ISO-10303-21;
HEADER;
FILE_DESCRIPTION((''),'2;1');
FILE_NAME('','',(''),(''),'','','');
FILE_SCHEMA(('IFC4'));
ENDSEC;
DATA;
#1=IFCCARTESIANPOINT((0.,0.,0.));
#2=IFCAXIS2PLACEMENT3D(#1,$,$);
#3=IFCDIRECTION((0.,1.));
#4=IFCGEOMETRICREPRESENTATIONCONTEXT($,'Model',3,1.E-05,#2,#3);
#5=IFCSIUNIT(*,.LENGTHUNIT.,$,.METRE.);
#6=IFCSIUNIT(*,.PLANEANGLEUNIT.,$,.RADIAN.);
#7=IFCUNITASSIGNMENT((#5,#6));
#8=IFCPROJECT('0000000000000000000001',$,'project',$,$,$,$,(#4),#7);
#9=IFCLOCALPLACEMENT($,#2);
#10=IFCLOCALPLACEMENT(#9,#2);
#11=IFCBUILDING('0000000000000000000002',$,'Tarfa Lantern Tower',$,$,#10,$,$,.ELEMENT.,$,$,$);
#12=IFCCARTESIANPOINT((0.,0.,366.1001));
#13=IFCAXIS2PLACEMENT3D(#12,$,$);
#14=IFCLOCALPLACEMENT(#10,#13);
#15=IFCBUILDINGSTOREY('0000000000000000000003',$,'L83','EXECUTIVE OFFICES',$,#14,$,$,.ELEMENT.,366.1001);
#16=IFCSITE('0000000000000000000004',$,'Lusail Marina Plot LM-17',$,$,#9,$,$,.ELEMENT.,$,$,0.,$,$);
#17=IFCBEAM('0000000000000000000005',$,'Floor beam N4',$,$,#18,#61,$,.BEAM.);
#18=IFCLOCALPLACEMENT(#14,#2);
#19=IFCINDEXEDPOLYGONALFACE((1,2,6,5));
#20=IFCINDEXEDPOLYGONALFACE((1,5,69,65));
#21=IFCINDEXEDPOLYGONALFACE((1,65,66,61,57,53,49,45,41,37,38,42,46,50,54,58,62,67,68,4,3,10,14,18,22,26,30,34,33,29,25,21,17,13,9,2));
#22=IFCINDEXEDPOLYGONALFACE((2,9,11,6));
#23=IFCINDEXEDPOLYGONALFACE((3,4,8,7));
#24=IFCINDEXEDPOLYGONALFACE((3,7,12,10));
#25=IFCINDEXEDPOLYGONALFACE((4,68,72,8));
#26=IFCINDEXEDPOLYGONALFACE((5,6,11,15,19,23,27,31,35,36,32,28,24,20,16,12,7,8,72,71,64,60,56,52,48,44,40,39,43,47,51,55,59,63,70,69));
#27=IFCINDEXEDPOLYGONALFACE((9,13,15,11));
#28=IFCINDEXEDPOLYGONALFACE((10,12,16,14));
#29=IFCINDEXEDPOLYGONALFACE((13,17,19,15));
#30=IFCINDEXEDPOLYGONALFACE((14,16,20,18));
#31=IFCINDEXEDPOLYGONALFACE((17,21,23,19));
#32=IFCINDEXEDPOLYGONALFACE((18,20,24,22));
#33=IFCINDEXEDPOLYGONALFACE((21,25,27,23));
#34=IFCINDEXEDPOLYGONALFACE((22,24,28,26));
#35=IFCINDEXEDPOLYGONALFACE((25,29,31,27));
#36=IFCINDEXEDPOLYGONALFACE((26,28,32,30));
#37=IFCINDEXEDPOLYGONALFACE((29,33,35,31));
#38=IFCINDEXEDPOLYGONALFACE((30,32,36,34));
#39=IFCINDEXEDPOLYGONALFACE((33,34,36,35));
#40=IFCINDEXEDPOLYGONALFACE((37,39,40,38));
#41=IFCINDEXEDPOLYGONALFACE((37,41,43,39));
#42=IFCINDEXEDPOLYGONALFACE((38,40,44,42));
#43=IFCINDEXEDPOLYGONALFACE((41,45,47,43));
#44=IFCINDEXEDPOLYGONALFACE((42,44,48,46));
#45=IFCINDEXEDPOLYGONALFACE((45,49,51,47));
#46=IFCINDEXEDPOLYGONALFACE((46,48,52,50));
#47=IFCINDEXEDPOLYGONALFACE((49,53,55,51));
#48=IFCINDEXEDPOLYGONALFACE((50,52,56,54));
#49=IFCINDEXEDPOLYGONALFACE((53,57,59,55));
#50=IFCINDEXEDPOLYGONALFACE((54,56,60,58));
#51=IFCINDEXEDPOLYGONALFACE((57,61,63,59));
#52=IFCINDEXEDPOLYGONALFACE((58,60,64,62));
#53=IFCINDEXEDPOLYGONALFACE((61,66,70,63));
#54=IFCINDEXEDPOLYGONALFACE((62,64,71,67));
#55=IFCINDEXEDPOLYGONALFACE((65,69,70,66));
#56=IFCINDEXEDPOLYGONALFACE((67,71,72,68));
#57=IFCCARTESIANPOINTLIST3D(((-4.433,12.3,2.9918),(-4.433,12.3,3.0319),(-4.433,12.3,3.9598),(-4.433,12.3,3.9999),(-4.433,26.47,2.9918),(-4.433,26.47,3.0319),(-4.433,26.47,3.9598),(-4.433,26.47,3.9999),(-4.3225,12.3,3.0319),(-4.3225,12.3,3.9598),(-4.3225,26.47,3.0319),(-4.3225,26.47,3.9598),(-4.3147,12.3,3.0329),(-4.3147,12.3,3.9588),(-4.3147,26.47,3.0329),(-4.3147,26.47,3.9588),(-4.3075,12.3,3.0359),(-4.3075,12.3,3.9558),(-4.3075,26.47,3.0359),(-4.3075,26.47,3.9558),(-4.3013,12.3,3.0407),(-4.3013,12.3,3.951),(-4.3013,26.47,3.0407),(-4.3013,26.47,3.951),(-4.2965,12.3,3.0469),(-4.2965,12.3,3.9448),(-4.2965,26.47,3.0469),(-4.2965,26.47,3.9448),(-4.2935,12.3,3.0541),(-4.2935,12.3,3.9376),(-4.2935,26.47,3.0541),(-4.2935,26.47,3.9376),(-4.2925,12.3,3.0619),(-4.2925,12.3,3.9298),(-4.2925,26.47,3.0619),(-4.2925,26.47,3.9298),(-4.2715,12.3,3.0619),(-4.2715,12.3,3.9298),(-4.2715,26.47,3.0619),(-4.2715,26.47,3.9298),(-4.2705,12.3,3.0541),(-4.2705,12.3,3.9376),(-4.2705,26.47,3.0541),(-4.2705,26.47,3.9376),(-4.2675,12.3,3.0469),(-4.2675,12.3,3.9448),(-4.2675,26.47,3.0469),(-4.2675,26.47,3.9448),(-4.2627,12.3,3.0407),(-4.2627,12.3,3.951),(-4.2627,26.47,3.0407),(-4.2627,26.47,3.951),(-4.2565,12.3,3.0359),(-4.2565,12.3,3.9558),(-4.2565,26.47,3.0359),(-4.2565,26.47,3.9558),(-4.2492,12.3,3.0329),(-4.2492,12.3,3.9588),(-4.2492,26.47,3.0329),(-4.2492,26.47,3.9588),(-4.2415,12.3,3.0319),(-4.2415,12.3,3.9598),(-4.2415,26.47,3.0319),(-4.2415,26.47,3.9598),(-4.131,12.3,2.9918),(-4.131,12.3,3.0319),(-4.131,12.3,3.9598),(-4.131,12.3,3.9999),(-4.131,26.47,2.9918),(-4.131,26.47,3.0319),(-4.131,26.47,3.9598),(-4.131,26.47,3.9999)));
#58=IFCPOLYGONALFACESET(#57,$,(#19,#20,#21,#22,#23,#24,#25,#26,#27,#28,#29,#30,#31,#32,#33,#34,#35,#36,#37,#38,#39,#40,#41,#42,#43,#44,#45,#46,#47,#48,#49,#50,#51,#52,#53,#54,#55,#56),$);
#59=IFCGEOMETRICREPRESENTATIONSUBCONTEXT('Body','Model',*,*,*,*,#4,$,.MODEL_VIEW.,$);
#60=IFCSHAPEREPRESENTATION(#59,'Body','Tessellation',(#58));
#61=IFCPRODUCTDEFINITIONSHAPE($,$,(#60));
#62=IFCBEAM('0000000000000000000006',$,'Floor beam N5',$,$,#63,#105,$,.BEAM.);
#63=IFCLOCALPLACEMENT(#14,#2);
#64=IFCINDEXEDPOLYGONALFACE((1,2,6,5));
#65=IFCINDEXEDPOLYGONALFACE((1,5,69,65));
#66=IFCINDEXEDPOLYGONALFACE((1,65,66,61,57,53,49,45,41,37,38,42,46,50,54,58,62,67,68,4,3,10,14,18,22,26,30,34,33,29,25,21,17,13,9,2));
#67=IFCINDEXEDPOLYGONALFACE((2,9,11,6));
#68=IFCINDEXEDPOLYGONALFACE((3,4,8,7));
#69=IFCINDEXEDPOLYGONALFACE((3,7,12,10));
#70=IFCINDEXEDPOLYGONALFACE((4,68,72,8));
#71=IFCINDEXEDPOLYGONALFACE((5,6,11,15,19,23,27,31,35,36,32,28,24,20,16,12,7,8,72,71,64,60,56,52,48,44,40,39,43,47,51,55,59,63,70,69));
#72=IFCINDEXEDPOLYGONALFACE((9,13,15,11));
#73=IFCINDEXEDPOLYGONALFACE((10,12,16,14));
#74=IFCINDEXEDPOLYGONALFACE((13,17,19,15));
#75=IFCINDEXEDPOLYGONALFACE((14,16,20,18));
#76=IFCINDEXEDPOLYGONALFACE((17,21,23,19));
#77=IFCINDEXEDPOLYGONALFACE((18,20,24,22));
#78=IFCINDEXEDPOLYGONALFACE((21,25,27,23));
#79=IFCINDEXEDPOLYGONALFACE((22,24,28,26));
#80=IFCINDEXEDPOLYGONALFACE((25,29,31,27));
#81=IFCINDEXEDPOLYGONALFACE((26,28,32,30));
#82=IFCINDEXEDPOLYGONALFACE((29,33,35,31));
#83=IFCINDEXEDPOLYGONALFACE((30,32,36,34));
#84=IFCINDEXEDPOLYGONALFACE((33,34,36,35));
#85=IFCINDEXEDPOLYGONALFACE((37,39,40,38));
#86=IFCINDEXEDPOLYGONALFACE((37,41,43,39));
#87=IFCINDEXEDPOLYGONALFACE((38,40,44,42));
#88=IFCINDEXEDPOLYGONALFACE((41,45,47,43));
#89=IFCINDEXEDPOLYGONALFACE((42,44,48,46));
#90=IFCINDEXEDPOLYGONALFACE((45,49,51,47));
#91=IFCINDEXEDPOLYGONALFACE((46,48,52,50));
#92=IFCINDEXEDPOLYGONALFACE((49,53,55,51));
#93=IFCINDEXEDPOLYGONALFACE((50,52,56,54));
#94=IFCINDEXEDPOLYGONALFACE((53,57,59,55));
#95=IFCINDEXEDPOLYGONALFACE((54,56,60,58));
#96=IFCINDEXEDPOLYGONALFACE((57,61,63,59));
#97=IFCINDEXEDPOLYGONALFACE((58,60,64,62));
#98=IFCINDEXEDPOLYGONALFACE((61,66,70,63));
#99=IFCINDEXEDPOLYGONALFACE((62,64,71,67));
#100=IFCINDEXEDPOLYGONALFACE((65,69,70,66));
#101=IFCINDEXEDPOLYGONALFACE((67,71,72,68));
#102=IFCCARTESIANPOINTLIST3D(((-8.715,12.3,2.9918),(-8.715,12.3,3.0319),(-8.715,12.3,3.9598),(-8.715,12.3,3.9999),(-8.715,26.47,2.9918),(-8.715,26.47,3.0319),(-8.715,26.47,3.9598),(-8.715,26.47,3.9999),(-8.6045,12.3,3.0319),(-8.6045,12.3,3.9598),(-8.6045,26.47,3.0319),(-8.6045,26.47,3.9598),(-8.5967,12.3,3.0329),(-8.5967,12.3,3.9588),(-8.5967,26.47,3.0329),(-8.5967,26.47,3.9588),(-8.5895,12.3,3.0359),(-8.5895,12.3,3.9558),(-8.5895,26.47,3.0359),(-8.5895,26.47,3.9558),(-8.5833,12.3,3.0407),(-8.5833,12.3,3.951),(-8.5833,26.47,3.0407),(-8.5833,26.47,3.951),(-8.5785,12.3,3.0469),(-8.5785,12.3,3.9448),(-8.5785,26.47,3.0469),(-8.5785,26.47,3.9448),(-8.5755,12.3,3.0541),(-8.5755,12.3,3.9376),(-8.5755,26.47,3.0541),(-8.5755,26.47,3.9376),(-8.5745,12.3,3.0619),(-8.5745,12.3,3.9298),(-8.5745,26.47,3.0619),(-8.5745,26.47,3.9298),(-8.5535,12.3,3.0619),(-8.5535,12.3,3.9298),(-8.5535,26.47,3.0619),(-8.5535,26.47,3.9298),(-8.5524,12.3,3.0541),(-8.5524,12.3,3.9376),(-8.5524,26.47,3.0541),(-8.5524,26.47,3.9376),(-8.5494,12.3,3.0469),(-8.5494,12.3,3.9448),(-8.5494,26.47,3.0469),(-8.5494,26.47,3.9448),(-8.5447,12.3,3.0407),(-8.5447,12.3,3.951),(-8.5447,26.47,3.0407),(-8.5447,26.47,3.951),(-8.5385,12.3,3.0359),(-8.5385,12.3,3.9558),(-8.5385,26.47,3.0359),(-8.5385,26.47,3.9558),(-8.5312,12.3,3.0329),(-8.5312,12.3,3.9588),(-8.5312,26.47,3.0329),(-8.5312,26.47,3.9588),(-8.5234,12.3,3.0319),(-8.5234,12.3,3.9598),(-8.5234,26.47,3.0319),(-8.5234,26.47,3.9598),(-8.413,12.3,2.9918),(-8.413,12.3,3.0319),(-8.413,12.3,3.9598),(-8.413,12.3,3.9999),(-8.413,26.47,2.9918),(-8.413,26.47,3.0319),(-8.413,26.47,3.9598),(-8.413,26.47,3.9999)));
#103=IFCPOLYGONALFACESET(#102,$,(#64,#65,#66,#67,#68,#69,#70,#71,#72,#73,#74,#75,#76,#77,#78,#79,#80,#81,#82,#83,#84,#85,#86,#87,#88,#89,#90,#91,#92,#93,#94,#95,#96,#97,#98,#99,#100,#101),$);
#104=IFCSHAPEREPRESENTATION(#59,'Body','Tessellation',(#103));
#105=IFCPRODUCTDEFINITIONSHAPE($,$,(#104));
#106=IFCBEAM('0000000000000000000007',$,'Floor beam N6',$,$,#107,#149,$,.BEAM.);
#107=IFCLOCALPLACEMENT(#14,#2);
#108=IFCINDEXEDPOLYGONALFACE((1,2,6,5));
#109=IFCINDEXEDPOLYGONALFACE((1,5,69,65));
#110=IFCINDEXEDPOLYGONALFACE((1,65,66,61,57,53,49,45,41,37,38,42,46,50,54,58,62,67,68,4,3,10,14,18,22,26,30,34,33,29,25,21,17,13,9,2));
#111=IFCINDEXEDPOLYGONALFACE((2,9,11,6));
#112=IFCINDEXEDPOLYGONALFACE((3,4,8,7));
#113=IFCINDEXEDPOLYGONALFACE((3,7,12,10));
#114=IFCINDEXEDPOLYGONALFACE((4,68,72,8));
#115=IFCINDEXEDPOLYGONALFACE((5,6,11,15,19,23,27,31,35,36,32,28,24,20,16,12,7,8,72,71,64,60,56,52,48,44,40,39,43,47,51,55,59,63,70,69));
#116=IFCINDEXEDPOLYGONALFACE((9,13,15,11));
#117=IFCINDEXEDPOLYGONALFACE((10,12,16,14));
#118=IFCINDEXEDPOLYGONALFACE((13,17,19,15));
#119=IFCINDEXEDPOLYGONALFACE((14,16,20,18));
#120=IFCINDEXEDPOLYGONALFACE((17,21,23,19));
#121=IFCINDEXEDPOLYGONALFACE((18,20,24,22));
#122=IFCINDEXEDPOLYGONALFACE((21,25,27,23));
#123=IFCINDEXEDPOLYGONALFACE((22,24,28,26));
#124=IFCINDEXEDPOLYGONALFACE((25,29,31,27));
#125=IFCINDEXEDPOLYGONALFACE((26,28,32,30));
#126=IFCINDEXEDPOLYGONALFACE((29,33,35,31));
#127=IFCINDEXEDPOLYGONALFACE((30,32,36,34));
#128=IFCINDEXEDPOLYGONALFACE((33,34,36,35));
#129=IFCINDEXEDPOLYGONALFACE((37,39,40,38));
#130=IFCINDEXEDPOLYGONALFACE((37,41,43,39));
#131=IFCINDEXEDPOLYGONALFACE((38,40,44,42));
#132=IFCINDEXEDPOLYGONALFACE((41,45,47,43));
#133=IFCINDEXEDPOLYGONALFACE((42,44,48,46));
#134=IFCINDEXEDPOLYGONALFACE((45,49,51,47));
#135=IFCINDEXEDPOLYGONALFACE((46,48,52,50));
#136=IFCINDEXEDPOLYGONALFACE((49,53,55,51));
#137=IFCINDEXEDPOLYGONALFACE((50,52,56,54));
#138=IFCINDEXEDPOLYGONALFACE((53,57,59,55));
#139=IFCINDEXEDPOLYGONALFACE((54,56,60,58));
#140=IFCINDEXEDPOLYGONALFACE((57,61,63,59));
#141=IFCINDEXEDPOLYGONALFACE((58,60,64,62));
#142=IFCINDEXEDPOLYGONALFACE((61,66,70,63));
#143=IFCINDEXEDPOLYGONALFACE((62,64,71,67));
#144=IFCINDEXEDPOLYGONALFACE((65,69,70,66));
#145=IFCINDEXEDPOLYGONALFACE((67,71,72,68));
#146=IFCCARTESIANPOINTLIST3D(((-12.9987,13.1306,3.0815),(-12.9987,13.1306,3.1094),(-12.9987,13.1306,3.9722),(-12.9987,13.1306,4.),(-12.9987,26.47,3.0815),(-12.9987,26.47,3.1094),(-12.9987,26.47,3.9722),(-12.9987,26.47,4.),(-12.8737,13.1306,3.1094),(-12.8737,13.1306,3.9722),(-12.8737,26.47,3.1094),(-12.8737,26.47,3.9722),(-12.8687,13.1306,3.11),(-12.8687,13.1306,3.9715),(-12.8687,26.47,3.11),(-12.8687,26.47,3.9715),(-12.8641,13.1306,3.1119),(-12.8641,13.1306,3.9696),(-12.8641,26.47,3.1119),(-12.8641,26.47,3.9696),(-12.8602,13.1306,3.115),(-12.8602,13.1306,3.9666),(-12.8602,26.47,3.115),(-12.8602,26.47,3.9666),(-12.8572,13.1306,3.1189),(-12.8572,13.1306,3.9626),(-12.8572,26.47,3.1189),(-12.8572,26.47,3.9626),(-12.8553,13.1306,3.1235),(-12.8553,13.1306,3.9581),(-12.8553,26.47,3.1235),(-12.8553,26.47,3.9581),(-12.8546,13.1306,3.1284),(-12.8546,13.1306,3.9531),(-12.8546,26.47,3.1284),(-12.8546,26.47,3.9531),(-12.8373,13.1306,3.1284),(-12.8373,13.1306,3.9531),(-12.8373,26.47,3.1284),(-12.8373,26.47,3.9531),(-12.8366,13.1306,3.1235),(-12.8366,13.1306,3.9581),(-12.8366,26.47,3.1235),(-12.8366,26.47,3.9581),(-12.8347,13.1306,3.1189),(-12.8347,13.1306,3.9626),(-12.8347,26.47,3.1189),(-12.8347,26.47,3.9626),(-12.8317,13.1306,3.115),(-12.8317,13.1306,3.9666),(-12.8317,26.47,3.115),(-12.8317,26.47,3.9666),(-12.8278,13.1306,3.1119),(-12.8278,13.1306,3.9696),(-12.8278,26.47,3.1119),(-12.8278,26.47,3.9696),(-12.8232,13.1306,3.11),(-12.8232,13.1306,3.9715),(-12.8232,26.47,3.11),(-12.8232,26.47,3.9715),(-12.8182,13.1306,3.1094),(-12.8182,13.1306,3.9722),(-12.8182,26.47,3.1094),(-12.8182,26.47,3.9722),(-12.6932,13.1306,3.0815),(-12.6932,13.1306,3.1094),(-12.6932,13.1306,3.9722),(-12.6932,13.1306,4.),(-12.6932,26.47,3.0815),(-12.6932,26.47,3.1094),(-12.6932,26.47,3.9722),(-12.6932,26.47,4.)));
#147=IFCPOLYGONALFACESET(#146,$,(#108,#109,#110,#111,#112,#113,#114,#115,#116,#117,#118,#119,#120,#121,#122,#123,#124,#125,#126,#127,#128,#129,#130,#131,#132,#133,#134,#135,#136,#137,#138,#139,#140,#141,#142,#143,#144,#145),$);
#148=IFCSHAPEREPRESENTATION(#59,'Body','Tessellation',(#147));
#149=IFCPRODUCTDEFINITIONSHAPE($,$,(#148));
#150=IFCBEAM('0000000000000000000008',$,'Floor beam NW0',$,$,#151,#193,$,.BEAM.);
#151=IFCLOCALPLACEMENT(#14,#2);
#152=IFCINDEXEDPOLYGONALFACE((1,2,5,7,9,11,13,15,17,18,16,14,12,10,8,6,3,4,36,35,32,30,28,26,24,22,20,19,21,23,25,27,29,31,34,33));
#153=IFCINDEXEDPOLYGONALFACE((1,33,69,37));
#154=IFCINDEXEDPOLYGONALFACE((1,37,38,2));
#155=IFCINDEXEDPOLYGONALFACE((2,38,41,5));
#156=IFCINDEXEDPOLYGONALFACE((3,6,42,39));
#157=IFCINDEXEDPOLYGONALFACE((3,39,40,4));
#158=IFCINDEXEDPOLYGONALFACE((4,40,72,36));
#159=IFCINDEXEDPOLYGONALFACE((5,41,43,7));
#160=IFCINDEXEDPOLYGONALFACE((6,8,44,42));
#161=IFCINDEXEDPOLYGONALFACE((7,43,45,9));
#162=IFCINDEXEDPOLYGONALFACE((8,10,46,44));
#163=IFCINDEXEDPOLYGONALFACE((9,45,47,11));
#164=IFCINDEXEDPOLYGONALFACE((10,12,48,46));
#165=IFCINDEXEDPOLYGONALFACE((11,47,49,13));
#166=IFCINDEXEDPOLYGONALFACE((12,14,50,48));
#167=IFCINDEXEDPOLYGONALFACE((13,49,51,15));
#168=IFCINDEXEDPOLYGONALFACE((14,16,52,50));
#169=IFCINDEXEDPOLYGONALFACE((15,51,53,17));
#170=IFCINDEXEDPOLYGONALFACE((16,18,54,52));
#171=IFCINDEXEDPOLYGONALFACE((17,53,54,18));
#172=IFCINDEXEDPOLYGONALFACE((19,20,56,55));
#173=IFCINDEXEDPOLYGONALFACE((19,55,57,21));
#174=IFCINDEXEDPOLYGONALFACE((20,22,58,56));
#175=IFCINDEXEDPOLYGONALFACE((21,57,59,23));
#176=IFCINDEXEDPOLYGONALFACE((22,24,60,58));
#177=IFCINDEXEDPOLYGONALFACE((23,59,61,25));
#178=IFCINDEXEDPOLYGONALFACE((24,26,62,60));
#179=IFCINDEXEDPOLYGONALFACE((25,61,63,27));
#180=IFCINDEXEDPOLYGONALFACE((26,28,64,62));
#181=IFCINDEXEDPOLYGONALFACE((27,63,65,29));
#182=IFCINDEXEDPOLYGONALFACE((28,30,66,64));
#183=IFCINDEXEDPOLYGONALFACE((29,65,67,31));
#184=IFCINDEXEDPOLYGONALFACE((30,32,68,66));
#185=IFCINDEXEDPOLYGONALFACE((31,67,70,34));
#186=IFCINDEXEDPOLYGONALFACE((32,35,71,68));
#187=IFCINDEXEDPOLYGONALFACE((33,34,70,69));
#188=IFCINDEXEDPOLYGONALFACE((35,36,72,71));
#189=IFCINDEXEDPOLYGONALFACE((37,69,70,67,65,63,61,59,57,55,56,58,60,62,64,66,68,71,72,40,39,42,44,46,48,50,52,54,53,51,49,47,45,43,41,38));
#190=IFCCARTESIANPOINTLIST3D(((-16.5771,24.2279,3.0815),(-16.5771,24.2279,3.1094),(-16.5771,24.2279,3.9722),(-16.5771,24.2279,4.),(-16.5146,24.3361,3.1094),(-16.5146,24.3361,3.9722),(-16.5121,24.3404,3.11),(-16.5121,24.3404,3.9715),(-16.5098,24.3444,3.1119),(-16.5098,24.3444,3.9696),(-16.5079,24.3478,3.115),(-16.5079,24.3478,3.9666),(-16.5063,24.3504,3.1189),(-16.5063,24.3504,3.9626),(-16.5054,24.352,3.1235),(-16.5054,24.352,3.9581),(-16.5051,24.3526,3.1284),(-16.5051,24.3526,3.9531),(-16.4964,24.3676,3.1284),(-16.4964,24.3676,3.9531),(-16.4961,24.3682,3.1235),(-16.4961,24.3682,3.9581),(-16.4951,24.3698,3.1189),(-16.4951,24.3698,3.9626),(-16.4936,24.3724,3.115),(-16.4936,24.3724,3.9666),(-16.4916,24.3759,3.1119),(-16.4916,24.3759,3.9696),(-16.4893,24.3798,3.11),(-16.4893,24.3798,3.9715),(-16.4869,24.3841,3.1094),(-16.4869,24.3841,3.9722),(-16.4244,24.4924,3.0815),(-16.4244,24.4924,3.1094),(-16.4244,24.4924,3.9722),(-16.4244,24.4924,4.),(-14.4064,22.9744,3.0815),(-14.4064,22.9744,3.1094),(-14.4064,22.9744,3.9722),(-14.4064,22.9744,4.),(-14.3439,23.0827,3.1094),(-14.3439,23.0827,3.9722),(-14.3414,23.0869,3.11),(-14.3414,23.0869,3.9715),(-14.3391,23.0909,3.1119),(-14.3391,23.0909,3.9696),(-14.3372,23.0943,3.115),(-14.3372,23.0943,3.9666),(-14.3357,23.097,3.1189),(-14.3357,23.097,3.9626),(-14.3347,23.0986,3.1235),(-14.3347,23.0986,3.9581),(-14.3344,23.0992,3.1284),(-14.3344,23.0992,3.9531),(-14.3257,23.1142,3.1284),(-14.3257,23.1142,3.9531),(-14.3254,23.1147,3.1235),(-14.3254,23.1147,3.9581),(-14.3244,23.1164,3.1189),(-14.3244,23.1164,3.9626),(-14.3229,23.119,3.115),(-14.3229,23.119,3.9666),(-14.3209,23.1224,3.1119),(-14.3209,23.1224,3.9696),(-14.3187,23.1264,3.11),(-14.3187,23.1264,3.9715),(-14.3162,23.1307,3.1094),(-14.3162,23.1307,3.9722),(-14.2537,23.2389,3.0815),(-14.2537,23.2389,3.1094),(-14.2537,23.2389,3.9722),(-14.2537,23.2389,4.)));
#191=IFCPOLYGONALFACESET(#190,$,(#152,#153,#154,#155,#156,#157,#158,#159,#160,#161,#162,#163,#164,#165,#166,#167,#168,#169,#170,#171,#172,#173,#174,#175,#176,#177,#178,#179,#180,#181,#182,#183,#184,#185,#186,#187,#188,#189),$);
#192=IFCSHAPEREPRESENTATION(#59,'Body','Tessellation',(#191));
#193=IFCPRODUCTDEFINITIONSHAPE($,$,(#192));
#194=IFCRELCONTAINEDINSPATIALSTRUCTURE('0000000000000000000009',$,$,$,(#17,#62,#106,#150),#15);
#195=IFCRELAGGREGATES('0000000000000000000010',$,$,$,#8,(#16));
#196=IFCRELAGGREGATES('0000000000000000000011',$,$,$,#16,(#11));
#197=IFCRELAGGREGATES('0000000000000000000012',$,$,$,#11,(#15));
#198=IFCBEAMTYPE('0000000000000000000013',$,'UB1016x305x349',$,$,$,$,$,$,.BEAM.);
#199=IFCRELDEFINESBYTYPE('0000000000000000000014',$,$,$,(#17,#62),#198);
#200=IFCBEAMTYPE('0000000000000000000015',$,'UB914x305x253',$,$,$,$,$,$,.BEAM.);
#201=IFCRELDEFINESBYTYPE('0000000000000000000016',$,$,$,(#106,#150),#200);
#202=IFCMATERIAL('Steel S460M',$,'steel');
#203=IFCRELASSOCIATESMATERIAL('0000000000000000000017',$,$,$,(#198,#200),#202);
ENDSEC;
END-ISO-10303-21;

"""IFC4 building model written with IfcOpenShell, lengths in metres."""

from ifc_helpers import new_model, si_unit, direction, frame, origin, origin_2d, place, context, subcontext, project, spatial, i_section, extrude, material, material_profile, profile_set, type_object, element, save


model = new_model("IFC4")

# Units and contexts
model_context = context("Model", 3, precision=1e-05, world=origin(), true_north=direction((0.0, 1.0)))
body_context = subcontext(model_context, "Body", "Model", "MODEL_VIEW")
ifc_project = project(units=[si_unit("LENGTHUNIT", "METRE"), si_unit("PLANEANGLEUNIT", "RADIAN")], contexts=[model_context])

# Site, building, storey
site_placement = place(None, origin())
site = spatial("IfcSite", under=ifc_project, at=site_placement, Name="Lusail Marina Plot LM-17", CompositionType="ELEMENT", RefElevation=0.0)
building_placement = place(site_placement, origin())
building = spatial("IfcBuilding", under=site, at=building_placement, Name="Tarfa Lantern Tower", CompositionType="ELEMENT")
storey_placement = place(building_placement, frame((0.0, 0.0, 366.1001)))
storey = spatial("IfcBuildingStorey", under=building, at=storey_placement, Name="L83", Description="EXECUTIVE OFFICES", CompositionType="ELEMENT", Elevation=366.1001)

# Beams
ifc_material_1 = material(Name="Steel S460M", Category="steel")
ifc_material_profile_1 = material_profile(ifc_material_1, i_section(OverallWidth=0.302, OverallDepth=1.0081, WebThickness=0.021, FlangeThickness=0.04, FilletRadius=0.03, at=origin_2d()), Name="UB1016x305x349")
ifc_profile_set_1 = profile_set([ifc_material_profile_1], Name="Steel S460M")
beam_type_1 = type_object("IfcBeamType", Name="UB1016x305x349", PredefinedType="BEAM", material=ifc_profile_set_1)
for number, where, z_axis, x_axis, name in (
    (1, (-4.282, 26.47, 3.4958), (0.0, -1.0, 0.0), (1.0, 0.0, 0.0), "Floor beam N4"),
    (2, (-8.564, 26.47, 3.4958), (0.0, -1.0, 0.0), (1.0, 0.0, 0.0), "Floor beam N5"),
):
    element("IfcBeam", number, at=place(storey_placement, frame(where, z_axis=z_axis, x_axis=x_axis)), inside=storey, type_object=beam_type_1, Name=name, PredefinedType="BEAM", context=body_context, shape_type="SweptSolid", body=[
        extrude(i_section(OverallWidth=0.302, OverallDepth=1.0081, WebThickness=0.021, FlangeThickness=0.04, FilletRadius=0.03, at=origin_2d()), origin(), (0.0, 0.0, 1.0), 14.1699),
    ])
ifc_material_profile_2 = material_profile(ifc_material_1, i_section(OverallWidth=0.3054, OverallDepth=0.9185, WebThickness=0.0173, FlangeThickness=0.0278, FilletRadius=0.019, at=origin_2d()), Name="UB914x305x253")
ifc_profile_set_2 = profile_set([ifc_material_profile_2], Name="Steel S460M")
beam_type_2 = type_object("IfcBeamType", Name="UB914x305x253", PredefinedType="BEAM", material=ifc_profile_set_2)
beam_1_placement = place(storey_placement, frame((-12.8459, 26.47, 3.5408), z_axis=(0.0, -1.0, 0.0), x_axis=(1.0, 0.0, 0.0)))
element("IfcBeam", 3, at=beam_1_placement, inside=storey, type_object=beam_type_2, Name="Floor beam N6", PredefinedType="BEAM", context=body_context, shape_type="SweptSolid", body=[
    extrude(i_section(OverallWidth=0.3054, OverallDepth=0.9185, WebThickness=0.0173, FlangeThickness=0.0278, FilletRadius=0.019, at=origin_2d()), origin(), (0.0, 0.0, 1.0), 13.3394),
])
beam_2_placement = place(storey_placement, frame((-16.5007, 24.3601, 3.5408), z_axis=(0.865993, -0.500057, 0.0), x_axis=(0.500057, 0.865993, 0.0)))
element("IfcBeam", 4, at=beam_2_placement, inside=storey, type_object=beam_type_2, Name="Floor beam NW0", PredefinedType="BEAM", context=body_context, shape_type="SweptSolid", body=[
    extrude(i_section(OverallWidth=0.3054, OverallDepth=0.9185, WebThickness=0.0173, FlangeThickness=0.0278, FilletRadius=0.019, at=origin_2d()), origin(), (0.0, 0.0, 1.0), 2.5066),
])

save(model, "model.ifc")
